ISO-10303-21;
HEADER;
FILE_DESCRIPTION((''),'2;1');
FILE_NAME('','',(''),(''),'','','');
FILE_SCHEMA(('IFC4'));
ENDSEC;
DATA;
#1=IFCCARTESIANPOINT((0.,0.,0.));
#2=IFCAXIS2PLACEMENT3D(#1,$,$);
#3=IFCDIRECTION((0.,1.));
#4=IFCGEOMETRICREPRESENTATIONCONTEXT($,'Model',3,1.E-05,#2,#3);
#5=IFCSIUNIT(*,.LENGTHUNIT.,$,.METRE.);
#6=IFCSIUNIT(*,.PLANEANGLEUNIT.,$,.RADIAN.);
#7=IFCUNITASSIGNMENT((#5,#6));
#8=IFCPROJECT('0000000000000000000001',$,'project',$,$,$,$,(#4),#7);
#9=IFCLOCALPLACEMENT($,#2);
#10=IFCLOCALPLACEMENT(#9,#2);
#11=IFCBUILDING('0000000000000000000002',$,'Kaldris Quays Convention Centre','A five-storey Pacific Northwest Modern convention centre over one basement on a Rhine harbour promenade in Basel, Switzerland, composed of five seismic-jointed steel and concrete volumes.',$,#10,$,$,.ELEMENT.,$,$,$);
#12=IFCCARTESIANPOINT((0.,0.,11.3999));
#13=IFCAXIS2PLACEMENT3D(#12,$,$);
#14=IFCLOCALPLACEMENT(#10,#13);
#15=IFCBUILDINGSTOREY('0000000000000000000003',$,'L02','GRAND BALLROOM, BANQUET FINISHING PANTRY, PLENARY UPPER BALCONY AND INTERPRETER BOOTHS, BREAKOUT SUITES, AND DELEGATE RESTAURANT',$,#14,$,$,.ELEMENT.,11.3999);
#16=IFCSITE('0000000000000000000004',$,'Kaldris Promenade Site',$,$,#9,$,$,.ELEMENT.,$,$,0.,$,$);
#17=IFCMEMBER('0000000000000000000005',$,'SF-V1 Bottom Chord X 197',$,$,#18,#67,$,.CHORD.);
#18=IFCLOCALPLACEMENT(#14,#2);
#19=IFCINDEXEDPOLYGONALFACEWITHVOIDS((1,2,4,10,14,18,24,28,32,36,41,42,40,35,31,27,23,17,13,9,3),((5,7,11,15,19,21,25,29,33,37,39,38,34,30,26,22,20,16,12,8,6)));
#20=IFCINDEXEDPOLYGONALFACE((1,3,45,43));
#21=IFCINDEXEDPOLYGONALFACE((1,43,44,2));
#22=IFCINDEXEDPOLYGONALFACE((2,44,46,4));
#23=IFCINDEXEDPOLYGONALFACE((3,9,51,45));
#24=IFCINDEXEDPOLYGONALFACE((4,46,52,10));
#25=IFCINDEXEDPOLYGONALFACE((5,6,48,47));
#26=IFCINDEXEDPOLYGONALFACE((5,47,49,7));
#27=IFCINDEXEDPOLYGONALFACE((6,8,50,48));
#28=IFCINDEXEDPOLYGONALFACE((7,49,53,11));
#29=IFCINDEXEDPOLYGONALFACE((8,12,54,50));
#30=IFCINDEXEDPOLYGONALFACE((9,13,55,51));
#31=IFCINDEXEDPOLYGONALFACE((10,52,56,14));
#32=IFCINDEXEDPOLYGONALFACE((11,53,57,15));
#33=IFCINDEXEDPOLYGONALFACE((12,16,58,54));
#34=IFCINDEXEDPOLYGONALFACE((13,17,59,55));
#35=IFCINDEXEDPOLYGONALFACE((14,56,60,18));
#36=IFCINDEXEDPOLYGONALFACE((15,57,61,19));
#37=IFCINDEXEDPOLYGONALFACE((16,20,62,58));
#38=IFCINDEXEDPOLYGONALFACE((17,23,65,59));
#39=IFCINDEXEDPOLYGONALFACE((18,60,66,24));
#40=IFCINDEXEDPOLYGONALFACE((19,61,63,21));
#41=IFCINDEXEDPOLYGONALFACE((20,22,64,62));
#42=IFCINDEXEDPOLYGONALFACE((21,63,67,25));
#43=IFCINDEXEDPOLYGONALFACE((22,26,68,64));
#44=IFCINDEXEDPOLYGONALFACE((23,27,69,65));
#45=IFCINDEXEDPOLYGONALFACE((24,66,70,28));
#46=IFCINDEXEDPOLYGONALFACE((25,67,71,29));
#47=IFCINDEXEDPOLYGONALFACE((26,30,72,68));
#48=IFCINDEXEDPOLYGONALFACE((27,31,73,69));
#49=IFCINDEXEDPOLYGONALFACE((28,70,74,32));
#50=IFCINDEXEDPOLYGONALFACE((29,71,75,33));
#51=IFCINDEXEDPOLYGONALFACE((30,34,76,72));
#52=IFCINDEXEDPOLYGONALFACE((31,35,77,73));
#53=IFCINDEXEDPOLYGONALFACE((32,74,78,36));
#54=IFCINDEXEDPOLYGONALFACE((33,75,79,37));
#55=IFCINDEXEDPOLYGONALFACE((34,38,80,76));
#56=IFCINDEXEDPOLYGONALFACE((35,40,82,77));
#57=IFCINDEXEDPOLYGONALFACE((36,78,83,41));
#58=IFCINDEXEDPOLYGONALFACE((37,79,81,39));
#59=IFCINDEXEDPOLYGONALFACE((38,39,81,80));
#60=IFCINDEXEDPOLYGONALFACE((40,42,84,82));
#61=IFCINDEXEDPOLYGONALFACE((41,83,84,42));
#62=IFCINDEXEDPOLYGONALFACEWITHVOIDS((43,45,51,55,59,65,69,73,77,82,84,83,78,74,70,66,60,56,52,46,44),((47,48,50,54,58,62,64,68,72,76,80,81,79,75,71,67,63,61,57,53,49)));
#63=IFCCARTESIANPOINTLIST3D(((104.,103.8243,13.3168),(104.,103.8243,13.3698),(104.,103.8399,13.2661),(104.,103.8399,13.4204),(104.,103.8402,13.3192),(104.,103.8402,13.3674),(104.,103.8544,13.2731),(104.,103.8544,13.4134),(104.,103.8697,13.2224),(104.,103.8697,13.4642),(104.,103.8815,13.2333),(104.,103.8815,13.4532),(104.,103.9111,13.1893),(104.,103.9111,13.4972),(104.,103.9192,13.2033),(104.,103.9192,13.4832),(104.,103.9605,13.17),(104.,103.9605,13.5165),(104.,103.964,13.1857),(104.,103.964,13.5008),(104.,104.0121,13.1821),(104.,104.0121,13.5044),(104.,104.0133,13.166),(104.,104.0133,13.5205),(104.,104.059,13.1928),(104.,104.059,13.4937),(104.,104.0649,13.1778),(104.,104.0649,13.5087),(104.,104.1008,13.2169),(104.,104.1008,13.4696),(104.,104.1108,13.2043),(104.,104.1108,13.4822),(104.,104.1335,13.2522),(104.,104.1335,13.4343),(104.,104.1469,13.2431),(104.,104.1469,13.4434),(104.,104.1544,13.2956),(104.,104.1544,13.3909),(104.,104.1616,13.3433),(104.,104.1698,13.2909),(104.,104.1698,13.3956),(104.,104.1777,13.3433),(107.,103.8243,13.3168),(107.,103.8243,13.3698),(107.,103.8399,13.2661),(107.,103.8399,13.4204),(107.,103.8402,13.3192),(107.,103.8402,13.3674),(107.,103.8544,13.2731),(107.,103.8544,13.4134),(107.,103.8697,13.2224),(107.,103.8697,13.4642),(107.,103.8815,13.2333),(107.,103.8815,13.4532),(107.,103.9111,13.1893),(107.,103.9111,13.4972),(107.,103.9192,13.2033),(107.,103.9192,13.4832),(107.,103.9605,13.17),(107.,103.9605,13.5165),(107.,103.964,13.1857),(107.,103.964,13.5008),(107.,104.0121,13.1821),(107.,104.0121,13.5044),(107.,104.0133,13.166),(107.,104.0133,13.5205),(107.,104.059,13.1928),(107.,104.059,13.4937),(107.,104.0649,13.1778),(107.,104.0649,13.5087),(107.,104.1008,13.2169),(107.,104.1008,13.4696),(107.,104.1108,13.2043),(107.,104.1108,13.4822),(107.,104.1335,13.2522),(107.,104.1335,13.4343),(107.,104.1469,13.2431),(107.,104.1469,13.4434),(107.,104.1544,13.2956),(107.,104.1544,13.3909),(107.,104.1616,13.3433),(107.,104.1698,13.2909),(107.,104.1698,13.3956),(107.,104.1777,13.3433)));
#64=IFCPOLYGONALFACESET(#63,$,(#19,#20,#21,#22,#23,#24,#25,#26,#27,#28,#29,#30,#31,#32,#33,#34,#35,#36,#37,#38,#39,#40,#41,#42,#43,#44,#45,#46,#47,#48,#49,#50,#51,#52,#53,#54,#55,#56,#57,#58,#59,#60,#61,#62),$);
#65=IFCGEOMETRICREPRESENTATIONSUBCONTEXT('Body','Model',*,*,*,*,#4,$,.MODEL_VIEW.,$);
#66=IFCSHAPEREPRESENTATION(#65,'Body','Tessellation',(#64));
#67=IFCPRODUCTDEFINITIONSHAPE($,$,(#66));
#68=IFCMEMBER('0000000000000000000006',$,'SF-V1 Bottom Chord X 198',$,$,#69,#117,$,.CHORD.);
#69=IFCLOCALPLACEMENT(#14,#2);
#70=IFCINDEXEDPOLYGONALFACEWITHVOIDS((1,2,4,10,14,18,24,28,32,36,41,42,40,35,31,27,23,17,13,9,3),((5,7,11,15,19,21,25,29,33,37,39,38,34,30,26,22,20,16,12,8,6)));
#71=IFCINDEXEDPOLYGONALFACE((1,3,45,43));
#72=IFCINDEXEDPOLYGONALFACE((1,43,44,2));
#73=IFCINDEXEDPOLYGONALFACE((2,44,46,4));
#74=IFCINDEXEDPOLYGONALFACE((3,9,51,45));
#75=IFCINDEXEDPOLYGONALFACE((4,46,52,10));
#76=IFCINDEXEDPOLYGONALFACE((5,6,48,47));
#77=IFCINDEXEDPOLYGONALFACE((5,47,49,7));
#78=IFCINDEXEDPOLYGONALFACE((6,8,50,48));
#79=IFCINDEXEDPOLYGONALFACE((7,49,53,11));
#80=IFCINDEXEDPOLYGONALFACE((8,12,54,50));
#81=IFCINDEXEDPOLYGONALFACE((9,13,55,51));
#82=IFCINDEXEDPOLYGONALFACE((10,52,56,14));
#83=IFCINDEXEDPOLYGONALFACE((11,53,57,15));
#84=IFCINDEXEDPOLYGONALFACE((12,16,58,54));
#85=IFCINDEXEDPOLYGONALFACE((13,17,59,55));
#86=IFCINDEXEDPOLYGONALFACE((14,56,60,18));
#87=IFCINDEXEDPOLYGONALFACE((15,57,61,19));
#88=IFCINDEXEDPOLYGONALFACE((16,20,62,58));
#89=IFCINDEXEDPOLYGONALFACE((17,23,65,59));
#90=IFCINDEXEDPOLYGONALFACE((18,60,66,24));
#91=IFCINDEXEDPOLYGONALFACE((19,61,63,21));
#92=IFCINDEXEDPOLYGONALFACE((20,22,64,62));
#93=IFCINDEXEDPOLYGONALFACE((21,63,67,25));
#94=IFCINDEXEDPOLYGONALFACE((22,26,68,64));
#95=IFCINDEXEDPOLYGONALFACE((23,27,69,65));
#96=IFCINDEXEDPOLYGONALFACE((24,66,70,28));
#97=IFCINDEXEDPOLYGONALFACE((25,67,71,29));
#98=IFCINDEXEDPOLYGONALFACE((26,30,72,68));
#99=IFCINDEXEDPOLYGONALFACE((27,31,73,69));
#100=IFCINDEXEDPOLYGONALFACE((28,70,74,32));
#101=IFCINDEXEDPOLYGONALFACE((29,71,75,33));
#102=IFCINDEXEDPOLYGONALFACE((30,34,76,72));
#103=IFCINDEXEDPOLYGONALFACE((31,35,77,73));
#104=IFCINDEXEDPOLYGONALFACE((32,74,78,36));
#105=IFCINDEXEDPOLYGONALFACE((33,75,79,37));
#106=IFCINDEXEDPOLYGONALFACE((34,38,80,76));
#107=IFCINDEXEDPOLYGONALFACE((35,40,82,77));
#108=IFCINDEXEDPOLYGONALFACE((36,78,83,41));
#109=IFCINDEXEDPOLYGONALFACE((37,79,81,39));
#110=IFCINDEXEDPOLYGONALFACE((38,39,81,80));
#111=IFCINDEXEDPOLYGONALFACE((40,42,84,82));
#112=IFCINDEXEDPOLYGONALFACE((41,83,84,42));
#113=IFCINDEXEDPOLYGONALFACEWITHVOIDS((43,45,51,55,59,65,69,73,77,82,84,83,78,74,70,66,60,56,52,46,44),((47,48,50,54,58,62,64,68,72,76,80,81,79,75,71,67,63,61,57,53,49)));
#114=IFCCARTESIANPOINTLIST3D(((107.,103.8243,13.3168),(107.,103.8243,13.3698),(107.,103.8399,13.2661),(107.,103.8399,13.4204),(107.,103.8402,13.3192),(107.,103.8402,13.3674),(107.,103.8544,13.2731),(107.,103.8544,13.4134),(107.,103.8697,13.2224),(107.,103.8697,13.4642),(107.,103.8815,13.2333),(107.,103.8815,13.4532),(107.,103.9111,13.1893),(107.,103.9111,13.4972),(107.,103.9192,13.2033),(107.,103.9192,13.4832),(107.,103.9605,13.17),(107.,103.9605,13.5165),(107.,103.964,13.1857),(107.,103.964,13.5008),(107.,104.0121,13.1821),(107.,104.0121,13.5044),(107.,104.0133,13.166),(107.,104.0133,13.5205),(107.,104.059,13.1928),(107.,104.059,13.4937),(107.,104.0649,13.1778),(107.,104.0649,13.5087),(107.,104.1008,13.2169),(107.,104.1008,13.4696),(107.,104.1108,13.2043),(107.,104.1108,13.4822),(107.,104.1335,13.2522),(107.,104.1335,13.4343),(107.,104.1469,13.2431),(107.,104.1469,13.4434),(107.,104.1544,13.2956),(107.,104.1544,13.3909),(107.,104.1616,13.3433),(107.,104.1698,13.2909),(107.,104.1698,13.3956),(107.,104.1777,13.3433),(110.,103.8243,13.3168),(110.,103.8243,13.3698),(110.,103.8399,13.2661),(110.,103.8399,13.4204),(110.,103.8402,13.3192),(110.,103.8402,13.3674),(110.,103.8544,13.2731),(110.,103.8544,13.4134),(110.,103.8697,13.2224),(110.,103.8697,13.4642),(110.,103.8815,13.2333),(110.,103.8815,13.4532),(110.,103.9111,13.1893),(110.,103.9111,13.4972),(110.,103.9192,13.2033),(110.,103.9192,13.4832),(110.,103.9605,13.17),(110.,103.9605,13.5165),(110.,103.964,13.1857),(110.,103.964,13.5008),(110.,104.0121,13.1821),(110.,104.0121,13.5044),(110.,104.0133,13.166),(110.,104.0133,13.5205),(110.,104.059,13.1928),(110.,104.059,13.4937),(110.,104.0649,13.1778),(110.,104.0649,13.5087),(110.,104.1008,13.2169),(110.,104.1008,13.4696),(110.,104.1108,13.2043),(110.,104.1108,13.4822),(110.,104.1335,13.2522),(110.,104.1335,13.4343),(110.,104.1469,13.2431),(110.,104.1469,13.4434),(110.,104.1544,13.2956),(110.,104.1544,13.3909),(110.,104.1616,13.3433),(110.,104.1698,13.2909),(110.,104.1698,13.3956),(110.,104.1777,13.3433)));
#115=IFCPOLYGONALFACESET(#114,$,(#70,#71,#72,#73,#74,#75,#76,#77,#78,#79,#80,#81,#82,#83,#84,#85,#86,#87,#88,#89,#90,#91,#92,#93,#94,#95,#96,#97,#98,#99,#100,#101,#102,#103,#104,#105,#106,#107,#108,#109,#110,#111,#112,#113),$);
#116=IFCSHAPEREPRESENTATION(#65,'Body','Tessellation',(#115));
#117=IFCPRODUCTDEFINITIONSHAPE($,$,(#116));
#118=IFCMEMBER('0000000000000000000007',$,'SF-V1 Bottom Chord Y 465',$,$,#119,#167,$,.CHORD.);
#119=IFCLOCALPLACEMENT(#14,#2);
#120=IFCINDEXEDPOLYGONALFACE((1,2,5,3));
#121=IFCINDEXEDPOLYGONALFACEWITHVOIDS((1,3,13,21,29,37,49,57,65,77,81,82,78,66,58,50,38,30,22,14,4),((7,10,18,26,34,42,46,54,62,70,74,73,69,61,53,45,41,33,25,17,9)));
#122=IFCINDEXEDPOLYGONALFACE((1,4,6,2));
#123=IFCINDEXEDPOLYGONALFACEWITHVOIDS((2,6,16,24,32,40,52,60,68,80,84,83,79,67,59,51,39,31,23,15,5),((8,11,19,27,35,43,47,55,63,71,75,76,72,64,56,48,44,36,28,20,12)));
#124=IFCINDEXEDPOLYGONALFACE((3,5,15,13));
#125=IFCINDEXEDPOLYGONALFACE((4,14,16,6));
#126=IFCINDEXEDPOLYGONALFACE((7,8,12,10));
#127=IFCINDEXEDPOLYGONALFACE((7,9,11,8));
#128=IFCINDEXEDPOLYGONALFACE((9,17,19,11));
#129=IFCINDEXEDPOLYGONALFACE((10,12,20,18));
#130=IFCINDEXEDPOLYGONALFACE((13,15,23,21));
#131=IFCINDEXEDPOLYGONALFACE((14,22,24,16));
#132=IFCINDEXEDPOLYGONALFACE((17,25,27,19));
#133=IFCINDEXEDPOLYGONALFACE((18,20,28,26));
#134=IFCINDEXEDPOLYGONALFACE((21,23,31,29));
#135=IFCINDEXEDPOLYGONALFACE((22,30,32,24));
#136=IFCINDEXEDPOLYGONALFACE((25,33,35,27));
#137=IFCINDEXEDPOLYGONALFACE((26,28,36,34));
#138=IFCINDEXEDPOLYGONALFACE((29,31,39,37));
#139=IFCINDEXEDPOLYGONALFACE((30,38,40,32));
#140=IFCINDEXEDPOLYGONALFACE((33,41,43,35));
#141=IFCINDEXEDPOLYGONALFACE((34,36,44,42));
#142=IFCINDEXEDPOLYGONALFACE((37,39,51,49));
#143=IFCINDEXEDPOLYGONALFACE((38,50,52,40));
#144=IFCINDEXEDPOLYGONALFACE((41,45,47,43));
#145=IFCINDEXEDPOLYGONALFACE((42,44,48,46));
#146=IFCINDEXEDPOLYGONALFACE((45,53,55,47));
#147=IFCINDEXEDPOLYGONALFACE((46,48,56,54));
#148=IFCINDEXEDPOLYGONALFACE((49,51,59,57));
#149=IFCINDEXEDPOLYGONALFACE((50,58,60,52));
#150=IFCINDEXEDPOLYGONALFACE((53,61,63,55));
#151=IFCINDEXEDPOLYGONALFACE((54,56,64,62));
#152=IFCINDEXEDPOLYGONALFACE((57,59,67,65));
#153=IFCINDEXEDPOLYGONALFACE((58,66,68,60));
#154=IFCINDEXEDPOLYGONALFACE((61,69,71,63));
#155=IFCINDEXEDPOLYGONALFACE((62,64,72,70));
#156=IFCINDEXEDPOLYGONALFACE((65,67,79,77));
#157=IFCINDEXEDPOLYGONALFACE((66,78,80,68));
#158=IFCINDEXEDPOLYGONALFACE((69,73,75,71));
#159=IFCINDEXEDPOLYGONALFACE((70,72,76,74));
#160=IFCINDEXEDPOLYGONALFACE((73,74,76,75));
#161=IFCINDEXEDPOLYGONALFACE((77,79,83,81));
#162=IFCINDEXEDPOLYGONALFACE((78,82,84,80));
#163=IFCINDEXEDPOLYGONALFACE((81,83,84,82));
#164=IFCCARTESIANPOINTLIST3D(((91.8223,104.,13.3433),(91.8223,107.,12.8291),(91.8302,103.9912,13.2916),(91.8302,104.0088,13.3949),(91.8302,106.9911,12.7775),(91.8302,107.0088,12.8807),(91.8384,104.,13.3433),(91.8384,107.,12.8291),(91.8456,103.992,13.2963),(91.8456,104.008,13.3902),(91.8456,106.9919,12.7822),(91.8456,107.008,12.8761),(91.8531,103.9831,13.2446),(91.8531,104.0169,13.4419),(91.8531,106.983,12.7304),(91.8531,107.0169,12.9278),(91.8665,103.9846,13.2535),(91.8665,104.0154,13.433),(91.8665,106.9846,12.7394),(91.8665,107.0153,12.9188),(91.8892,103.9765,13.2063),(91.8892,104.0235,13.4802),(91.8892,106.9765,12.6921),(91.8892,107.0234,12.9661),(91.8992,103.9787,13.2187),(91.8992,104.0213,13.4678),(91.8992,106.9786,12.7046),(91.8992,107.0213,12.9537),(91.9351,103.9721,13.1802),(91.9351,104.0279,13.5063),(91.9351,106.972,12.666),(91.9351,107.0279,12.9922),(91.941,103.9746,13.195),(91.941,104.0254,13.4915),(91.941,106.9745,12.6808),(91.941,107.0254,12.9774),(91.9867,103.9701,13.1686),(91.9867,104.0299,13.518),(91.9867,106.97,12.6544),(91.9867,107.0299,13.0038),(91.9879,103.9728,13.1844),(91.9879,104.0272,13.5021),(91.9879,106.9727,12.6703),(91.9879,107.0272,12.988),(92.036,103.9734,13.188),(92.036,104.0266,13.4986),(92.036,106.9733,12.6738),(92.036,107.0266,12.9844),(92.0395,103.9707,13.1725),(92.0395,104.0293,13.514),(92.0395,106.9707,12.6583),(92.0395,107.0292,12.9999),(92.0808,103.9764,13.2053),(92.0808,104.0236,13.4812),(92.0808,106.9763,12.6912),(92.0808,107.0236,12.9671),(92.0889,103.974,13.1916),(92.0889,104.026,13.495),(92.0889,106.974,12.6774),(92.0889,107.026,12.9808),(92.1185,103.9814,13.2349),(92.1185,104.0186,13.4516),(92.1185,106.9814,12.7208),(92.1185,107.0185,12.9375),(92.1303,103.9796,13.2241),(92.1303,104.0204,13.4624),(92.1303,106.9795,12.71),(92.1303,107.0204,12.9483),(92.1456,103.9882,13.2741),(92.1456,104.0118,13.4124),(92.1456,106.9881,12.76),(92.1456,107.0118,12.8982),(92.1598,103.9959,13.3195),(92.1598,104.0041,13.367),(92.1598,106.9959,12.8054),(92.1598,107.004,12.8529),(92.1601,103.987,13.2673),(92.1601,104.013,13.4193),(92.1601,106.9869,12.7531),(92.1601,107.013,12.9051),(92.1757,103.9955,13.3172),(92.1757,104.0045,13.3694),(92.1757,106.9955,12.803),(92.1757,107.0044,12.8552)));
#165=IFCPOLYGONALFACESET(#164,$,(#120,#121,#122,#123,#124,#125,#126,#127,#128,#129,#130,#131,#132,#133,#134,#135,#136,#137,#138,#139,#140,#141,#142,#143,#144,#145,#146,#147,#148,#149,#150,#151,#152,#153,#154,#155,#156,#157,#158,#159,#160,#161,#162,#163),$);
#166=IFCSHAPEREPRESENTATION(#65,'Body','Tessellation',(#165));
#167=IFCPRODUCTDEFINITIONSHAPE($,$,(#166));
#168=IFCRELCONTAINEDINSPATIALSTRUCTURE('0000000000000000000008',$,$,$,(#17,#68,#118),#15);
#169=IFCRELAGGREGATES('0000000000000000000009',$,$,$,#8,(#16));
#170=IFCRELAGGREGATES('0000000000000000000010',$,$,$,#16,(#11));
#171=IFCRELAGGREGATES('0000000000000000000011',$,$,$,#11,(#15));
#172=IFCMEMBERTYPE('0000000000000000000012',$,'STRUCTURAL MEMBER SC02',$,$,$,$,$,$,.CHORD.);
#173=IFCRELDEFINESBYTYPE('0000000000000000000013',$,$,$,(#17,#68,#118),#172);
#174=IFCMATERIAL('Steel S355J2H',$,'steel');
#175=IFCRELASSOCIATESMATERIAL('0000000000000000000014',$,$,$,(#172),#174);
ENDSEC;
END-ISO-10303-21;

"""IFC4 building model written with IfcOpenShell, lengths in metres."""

from ifc_helpers import new_model, si_unit, direction, frame, origin, origin_2d, place, context, subcontext, project, spatial, hollow_circle, extrude, material, material_profile, profile_set, type_object, element, save


model = new_model("IFC4")

# Units and contexts
model_context = context("Model", 3, precision=1e-05, world=origin(), true_north=direction((0.0, 1.0)))
body_context = subcontext(model_context, "Body", "Model", "MODEL_VIEW")
ifc_project = project(units=[si_unit("LENGTHUNIT", "METRE"), si_unit("PLANEANGLEUNIT", "RADIAN")], contexts=[model_context])

# Site, building, storey
site_placement = place(None, origin())
site = spatial("IfcSite", under=ifc_project, at=site_placement, Name="Kaldris Promenade Site", CompositionType="ELEMENT", RefElevation=0.0)
building_placement = place(site_placement, origin())
building = spatial("IfcBuilding", under=site, at=building_placement, Name="Kaldris Quays Convention Centre", Description="A five-storey Pacific Northwest Modern convention centre over one basement on a Rhine harbour promenade in Basel, Switzerland, composed of five seismic-jointed steel and concrete volumes.", CompositionType="ELEMENT")
storey_placement = place(building_placement, frame((0.0, 0.0, 11.3999)))
storey = spatial("IfcBuildingStorey", under=building, at=storey_placement, Name="L02", Description="GRAND BALLROOM, BANQUET FINISHING PANTRY, PLENARY UPPER BALCONY AND INTERPRETER BOOTHS, BREAKOUT SUITES, AND DELEGATE RESTAURANT", CompositionType="ELEMENT", Elevation=11.3999)

# Members
ifc_material = material(Name="Steel S355J2H", Category="steel")
ifc_material_profile_1 = material_profile(ifc_material, hollow_circle(Radius=0.1777, WallThickness=0.0161, at=origin_2d()), Name="CHS 355.6x16")
ifc_profile_set_1 = profile_set([ifc_material_profile_1], Name="Steel S355J2H")
member_type_1 = type_object("IfcMemberType", Name="STRUCTURAL MEMBER SC02", PredefinedType="CHORD", material=ifc_profile_set_1)
for number, where, z_axis, x_axis, name in (
    (1, (104.0, 104.0, 13.3433), (1.0, 0.0, 0.0), (0.0, 1.0, 0.0), "SF-V1 Bottom Chord X 197"),
    (2, (107.0, 104.0, 13.3433), (1.0, 0.0, 0.0), (0.0, 1.0, 0.0), "SF-V1 Bottom Chord X 198"),
):
    element("IfcMember", number, at=place(storey_placement, frame(where, z_axis=z_axis, x_axis=x_axis)), inside=storey, type_object=member_type_1, Name=name, PredefinedType="CHORD", context=body_context, shape_type="SweptSolid", body=[
        extrude(hollow_circle(Radius=0.1777, WallThickness=0.0161, at=origin_2d()), origin(), (0.0, 0.0, 1.0), 3.0),
    ])
for number, where, z_axis, x_axis, name in (
    (3, (92.0, 104.0, 13.3433), (0.0, 0.985629, -0.168924), (-1.0, 0.0, 0.0), "SF-V1 Bottom Chord Y 465"),
):
    element("IfcMember", number, at=place(storey_placement, frame(where, z_axis=z_axis, x_axis=x_axis)), inside=storey, type_object=member_type_1, Name=name, PredefinedType="CHORD", context=body_context, shape_type="SweptSolid", body=[
        extrude(hollow_circle(Radius=0.1777, WallThickness=0.0161, at=origin_2d()), origin(), (0.0, 0.0, 1.0), 3.0437),
    ])

save(model, "model.ifc")
